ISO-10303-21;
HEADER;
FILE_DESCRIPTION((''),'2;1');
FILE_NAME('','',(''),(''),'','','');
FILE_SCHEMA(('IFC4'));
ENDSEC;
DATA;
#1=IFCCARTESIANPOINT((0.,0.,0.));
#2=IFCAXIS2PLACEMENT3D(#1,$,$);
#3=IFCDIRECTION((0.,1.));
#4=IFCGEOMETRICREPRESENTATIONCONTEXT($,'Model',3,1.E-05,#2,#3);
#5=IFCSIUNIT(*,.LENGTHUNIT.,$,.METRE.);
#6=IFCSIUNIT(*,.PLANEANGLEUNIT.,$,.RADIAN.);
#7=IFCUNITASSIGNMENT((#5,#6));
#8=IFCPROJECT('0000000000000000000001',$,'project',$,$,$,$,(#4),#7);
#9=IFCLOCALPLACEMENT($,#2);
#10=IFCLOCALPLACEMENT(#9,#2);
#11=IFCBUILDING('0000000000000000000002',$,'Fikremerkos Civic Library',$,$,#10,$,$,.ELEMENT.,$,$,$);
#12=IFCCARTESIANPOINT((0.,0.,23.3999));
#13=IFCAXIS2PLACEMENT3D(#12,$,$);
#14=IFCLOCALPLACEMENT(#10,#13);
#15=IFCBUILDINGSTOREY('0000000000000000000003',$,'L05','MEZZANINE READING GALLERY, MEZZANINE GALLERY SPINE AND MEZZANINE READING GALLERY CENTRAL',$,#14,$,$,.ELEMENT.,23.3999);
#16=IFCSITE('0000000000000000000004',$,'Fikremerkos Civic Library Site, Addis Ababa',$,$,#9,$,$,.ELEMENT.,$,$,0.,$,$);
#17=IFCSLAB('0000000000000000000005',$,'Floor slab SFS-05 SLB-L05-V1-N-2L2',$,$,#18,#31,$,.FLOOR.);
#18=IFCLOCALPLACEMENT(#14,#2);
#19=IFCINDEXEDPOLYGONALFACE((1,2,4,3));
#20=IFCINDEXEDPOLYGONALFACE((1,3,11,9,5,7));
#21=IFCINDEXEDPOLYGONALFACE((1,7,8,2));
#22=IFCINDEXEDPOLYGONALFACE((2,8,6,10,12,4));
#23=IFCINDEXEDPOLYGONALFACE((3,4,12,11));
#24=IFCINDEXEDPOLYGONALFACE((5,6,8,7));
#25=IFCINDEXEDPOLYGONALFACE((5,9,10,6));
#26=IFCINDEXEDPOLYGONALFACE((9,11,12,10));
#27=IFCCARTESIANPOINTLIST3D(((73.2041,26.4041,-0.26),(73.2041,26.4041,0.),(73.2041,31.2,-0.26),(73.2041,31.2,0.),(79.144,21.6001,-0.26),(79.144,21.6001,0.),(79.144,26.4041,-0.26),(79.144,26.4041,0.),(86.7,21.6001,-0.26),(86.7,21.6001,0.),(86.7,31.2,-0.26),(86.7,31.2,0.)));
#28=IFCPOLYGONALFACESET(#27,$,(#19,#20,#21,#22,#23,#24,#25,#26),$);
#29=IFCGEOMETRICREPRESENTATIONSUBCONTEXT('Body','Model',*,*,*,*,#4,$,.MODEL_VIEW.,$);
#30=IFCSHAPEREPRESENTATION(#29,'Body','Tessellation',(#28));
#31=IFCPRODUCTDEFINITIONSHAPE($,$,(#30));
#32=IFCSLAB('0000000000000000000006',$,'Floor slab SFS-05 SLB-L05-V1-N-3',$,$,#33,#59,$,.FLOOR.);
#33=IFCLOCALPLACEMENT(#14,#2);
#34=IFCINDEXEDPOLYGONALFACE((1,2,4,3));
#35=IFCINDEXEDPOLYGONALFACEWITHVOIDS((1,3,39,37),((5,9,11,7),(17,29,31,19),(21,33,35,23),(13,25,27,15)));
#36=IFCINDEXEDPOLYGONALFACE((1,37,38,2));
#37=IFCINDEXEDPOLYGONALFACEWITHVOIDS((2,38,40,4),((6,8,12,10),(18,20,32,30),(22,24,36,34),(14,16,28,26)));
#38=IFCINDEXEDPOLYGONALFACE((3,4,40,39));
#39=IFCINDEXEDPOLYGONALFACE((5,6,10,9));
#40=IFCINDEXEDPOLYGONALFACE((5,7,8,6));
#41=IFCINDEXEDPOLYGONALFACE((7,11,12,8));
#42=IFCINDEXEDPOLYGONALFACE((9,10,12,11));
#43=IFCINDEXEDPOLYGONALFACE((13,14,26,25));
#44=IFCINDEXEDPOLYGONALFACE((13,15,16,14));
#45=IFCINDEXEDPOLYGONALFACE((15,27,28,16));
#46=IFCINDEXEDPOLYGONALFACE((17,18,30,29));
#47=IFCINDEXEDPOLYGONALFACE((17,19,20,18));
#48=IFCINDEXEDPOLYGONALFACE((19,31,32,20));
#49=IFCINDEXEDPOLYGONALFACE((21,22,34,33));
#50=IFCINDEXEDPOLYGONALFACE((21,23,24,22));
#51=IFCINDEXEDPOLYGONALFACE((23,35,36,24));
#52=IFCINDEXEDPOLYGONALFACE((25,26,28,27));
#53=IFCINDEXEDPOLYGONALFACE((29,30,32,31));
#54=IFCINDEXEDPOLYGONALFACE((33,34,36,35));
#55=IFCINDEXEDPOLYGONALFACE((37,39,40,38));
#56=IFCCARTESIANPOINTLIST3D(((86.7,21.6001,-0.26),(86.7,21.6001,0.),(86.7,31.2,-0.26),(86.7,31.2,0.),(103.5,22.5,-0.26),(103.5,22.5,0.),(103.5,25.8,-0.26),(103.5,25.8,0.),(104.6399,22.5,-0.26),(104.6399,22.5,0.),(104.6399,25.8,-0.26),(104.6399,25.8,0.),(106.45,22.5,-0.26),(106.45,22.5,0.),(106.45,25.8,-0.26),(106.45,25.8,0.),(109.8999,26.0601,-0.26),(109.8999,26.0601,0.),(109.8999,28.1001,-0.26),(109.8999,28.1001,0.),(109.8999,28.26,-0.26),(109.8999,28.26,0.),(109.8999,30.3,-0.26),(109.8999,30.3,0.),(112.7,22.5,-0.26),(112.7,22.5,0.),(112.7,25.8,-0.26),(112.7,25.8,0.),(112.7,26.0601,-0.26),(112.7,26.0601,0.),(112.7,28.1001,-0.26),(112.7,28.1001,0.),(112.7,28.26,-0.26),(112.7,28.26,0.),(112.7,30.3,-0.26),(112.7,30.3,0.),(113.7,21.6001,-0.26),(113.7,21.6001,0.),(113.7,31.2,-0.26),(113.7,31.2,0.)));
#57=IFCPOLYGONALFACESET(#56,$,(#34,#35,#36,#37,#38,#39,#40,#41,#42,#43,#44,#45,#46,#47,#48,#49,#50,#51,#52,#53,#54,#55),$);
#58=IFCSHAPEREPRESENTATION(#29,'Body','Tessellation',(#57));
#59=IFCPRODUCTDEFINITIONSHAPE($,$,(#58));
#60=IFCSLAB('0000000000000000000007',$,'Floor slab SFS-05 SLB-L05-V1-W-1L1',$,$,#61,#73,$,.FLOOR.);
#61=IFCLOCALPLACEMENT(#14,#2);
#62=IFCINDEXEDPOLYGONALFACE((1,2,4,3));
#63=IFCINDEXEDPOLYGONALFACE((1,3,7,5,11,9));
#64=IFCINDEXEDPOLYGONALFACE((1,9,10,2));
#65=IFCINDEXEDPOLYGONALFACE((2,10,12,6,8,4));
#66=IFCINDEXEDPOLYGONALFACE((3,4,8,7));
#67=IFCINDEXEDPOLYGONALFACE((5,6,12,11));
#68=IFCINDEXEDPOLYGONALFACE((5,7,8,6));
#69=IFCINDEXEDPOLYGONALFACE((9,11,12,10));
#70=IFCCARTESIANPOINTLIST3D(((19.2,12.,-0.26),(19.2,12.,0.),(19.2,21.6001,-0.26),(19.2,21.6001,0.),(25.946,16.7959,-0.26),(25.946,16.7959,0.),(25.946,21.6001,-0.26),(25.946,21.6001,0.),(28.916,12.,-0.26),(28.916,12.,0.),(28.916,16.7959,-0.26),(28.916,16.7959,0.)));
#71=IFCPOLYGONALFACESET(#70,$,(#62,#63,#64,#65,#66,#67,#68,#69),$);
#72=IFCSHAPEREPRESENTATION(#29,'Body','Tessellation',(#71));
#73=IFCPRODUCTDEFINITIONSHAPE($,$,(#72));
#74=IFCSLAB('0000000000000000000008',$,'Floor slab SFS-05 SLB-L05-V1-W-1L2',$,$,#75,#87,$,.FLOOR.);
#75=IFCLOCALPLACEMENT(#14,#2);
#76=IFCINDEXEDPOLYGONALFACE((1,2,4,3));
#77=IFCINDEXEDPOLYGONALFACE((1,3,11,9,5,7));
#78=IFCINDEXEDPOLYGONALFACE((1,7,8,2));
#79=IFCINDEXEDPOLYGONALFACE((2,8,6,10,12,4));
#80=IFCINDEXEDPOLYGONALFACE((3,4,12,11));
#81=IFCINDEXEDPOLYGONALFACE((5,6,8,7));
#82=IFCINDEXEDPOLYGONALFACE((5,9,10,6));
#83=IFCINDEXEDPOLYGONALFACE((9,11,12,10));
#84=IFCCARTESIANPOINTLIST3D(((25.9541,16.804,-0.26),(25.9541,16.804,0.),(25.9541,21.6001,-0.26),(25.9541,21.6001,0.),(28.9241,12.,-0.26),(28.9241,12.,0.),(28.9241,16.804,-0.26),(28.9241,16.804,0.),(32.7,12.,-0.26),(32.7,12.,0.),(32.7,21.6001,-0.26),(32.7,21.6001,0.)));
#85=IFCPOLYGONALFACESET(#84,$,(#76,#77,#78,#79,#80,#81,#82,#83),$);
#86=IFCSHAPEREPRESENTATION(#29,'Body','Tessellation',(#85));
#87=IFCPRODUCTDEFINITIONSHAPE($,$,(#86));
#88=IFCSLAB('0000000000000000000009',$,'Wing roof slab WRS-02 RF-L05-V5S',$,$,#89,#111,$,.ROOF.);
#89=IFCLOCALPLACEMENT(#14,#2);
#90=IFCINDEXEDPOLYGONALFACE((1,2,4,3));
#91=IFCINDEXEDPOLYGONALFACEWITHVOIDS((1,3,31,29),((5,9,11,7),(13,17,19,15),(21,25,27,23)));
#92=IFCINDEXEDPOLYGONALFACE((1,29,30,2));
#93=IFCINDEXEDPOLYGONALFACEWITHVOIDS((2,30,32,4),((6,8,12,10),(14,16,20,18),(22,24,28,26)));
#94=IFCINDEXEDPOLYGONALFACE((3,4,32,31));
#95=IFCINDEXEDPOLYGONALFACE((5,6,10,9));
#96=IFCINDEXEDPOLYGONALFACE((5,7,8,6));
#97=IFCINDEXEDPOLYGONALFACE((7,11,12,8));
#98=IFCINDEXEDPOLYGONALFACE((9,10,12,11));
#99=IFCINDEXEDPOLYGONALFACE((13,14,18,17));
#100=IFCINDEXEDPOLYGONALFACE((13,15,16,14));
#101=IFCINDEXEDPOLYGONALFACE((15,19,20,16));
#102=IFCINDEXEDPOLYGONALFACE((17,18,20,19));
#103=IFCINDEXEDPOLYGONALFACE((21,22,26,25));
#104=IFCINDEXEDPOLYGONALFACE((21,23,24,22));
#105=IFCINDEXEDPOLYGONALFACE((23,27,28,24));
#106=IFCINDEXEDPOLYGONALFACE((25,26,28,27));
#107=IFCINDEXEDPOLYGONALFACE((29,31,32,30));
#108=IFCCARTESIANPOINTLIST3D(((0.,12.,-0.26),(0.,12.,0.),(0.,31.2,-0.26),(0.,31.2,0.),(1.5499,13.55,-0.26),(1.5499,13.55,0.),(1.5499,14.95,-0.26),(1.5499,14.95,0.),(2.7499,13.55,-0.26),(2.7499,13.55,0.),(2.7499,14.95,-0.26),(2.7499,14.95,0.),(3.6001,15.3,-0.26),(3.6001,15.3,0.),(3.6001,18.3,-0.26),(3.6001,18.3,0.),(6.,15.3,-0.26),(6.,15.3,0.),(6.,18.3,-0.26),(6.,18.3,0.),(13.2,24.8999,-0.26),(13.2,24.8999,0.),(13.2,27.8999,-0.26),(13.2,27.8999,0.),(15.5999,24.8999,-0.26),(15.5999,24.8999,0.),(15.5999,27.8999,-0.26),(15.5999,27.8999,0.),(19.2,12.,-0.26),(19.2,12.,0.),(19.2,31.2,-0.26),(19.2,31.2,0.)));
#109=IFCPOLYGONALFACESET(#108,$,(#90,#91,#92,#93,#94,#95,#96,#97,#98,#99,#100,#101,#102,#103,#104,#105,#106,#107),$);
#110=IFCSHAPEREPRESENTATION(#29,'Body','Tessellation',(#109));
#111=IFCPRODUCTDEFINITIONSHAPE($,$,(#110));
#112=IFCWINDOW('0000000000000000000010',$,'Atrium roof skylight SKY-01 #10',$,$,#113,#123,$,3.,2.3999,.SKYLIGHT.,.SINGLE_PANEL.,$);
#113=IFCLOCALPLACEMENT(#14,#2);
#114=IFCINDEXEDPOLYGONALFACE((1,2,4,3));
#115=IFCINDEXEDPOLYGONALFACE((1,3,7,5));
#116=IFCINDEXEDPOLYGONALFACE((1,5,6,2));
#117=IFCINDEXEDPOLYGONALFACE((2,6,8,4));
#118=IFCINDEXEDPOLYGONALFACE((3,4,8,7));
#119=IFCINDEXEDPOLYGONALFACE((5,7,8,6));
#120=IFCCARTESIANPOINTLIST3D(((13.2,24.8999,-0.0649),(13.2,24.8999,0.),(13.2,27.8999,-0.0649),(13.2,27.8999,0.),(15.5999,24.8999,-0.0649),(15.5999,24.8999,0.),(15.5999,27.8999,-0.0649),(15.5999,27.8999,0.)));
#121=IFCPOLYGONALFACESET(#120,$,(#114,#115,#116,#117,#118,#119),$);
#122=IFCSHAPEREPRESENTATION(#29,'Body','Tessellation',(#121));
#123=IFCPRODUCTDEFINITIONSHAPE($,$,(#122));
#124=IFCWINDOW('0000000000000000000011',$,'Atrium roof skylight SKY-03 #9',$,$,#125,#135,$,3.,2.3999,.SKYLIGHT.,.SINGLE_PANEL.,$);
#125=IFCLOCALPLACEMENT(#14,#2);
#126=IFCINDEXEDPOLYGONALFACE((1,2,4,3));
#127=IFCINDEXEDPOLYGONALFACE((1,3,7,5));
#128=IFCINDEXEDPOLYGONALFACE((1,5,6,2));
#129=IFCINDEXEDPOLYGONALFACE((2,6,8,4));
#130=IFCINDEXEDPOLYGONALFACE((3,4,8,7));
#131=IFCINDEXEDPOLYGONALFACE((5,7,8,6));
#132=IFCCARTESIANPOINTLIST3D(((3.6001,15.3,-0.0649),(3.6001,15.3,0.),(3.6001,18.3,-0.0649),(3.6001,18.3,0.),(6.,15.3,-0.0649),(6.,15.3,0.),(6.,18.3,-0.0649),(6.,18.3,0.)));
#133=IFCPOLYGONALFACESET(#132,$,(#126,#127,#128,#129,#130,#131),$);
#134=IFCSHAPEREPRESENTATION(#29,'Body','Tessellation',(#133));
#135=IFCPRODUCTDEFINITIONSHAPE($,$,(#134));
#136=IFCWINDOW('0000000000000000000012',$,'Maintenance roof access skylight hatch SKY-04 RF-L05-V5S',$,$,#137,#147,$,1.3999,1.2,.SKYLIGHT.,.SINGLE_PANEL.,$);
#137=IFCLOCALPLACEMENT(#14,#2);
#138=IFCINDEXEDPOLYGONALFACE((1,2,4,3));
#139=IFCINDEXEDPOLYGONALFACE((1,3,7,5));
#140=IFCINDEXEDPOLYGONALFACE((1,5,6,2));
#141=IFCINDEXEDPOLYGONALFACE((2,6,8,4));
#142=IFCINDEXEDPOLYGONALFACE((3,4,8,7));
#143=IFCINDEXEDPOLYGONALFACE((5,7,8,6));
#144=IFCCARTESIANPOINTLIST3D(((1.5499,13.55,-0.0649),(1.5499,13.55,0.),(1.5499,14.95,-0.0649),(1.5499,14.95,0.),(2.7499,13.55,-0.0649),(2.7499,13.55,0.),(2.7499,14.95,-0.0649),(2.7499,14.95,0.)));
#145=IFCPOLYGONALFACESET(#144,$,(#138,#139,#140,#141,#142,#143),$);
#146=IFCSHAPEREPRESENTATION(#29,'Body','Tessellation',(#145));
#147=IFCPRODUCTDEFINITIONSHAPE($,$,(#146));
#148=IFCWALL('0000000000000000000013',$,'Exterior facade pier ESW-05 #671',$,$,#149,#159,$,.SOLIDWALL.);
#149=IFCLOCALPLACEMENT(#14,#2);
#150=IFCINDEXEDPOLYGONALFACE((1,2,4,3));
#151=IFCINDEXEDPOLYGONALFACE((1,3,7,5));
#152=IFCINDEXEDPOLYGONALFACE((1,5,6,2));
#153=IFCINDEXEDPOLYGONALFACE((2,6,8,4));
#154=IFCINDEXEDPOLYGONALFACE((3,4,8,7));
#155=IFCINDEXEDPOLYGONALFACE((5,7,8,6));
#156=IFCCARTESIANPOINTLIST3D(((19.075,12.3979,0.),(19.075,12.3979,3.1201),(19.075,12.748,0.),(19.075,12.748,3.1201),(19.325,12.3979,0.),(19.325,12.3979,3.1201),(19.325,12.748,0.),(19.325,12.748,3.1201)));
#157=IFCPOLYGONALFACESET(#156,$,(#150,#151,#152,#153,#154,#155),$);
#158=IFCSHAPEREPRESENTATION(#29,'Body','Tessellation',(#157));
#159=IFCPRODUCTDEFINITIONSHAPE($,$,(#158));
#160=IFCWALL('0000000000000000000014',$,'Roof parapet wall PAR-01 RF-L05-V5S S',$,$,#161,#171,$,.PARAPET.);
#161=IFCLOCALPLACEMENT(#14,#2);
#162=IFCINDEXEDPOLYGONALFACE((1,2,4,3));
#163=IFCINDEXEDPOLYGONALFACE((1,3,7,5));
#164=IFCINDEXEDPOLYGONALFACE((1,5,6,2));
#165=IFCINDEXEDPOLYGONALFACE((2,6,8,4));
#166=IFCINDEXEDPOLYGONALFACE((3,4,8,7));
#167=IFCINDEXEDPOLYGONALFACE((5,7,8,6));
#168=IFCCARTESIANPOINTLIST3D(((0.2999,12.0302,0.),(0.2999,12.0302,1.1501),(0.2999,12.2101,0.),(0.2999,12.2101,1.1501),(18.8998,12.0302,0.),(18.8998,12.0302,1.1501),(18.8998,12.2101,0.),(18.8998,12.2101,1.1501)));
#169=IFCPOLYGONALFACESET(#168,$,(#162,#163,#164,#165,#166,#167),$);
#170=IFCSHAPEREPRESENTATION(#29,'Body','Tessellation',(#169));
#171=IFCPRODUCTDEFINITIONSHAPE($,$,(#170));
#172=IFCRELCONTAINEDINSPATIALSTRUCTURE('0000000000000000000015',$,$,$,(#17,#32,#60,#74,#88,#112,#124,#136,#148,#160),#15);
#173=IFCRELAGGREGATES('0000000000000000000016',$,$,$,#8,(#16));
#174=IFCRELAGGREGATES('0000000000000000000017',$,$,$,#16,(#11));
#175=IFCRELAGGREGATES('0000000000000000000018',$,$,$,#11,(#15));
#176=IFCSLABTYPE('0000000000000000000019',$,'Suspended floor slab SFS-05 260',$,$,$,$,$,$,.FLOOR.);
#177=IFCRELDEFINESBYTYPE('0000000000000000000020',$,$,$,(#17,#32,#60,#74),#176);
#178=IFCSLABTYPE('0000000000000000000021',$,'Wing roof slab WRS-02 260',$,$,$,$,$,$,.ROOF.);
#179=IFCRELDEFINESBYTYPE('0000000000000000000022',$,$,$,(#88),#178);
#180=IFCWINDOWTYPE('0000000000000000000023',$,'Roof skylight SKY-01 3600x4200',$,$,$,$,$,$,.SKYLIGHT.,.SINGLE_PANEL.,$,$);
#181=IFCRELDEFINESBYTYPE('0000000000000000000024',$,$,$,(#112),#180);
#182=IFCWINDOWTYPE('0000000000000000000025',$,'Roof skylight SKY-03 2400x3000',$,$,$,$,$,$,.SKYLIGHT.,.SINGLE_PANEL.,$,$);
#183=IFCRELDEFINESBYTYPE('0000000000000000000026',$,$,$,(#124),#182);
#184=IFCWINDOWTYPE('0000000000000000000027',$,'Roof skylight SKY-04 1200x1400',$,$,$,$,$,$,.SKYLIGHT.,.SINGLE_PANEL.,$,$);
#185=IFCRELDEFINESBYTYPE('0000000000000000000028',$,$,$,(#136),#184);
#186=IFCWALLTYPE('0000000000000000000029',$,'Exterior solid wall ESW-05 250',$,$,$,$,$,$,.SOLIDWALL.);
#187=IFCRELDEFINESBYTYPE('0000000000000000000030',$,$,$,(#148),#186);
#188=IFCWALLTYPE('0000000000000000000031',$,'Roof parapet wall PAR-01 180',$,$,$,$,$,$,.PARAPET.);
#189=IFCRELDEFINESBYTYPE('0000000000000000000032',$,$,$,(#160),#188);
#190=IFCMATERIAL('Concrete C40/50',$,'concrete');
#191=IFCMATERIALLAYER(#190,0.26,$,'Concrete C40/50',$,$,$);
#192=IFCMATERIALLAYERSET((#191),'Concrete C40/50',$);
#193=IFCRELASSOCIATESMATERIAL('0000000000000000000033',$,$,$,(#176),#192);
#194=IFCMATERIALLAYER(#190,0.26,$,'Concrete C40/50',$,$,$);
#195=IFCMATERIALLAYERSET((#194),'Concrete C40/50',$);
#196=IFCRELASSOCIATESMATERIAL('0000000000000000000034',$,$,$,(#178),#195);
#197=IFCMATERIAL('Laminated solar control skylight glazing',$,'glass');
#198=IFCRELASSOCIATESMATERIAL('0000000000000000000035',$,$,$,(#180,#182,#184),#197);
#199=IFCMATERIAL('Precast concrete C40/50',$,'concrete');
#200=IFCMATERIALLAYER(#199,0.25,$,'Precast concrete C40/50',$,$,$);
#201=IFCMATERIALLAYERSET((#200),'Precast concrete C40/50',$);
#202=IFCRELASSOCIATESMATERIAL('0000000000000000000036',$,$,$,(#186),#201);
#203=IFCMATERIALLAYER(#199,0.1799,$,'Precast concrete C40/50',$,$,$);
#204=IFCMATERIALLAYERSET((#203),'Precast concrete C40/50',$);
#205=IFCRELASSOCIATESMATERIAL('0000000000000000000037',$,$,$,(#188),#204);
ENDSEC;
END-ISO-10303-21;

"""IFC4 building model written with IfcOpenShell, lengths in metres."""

from ifc_helpers import new_model, si_unit, direction, frame, frame_2d, origin, origin_2d, place, context, subcontext, project, spatial, polyline, rectangle, outline, extrude, material, layer, layer_set, type_object, element, fill, save


model = new_model("IFC4")

# Units and contexts
model_context = context("Model", 3, precision=1e-05, world=origin(), true_north=direction((0.0, 1.0)))
body_context = subcontext(model_context, "Body", "Model", "MODEL_VIEW")
ifc_project = project(units=[si_unit("LENGTHUNIT", "METRE"), si_unit("PLANEANGLEUNIT", "RADIAN")], contexts=[model_context])

# Site, building, storey
site_placement = place(None, origin())
site = spatial("IfcSite", under=ifc_project, at=site_placement, Name="Fikremerkos Civic Library Site, Addis Ababa", CompositionType="ELEMENT", RefElevation=0.0)
building_placement = place(site_placement, origin())
building = spatial("IfcBuilding", under=site, at=building_placement, Name="Fikremerkos Civic Library", CompositionType="ELEMENT")
storey_placement = place(building_placement, frame((0.0, 0.0, 23.3999)))
storey = spatial("IfcBuildingStorey", under=building, at=storey_placement, Name="L05", Description="MEZZANINE READING GALLERY, MEZZANINE GALLERY SPINE AND MEZZANINE READING GALLERY CENTRAL", CompositionType="ELEMENT", Elevation=23.3999)

# Shared definitions
ifc_material_1 = material(Name="Concrete C40/50", Category="concrete")

# Slabs
ifc_layer_1 = layer(ifc_material_1, 0.26, Name="Concrete C40/50")
ifc_layer_set_1 = layer_set([ifc_layer_1], Name="Concrete C40/50")
slab_type_1 = type_object("IfcSlabType", Name="Suspended floor slab SFS-05 260", PredefinedType="FLOOR", material=ifc_layer_set_1)
slab_1_placement = place(storey_placement, frame((0.0, 0.0, -0.26)))
element("IfcSlab", 1, at=slab_1_placement, inside=storey, type_object=slab_type_1, Name="Floor slab SFS-05 SLB-L05-V1-N-2L2", PredefinedType="FLOOR", context=body_context, shape_type="SweptSolid", body=[
    extrude(outline(polyline([(79.144, 21.6001), (86.7, 21.6001), (86.7, 31.2), (73.2041, 31.2), (73.2041, 26.4041), (79.144, 26.4041), (79.144, 21.6001)])), origin(), (0.0, 0.0, 1.0), 0.26),
])
slab_2_placement = place(storey_placement, frame((0.0, 0.0, -0.26)))
element("IfcSlab", 2, at=slab_2_placement, inside=storey, type_object=slab_type_1, Name="Floor slab SFS-05 SLB-L05-V1-N-3", PredefinedType="FLOOR", context=body_context, shape_type="SweptSolid", body=[
    extrude(outline(polyline([(86.7, 21.6001), (113.7, 21.6001), (113.7, 31.2), (86.7, 31.2), (86.7, 21.6001)]), holes=[polyline([(106.45, 22.5), (112.7, 22.5), (112.7, 25.8), (106.45, 25.8), (106.45, 22.5)]), polyline([(109.8999, 26.0601), (112.7, 26.0601), (112.7, 28.1001), (109.8999, 28.1001), (109.8999, 26.0601)]), polyline([(109.8999, 28.26), (112.7, 28.26), (112.7, 30.3), (109.8999, 30.3), (109.8999, 28.26)]), polyline([(103.5, 22.5), (104.6399, 22.5), (104.6399, 25.8), (103.5, 25.8), (103.5, 22.5)])]), origin(), (0.0, 0.0, 1.0), 0.26),
])
slab_3_placement = place(storey_placement, frame((0.0, 0.0, -0.26)))
element("IfcSlab", 3, at=slab_3_placement, inside=storey, type_object=slab_type_1, Name="Floor slab SFS-05 SLB-L05-V1-W-1L1", PredefinedType="FLOOR", context=body_context, shape_type="SweptSolid", body=[
    extrude(outline(polyline([(19.2, 12.0), (28.916, 12.0), (28.916, 16.7959), (25.946, 16.7959), (25.946, 21.6001), (19.2, 21.6001), (19.2, 12.0)])), origin(), (0.0, 0.0, 1.0), 0.26),
])
slab_4_placement = place(storey_placement, frame((0.0, 0.0, -0.26)))
element("IfcSlab", 4, at=slab_4_placement, inside=storey, type_object=slab_type_1, Name="Floor slab SFS-05 SLB-L05-V1-W-1L2", PredefinedType="FLOOR", context=body_context, shape_type="SweptSolid", body=[
    extrude(outline(polyline([(28.9241, 12.0), (32.7, 12.0), (32.7, 21.6001), (25.9541, 21.6001), (25.9541, 16.804), (28.9241, 16.804), (28.9241, 12.0)])), origin(), (0.0, 0.0, 1.0), 0.26),
])

# Slab, openings, windows
ifc_layer_2 = layer(ifc_material_1, 0.26, Name="Concrete C40/50")
ifc_layer_set_2 = layer_set([ifc_layer_2], Name="Concrete C40/50")
slab_type_2 = type_object("IfcSlabType", Name="Wing roof slab WRS-02 260", PredefinedType="ROOF", material=ifc_layer_set_2)
slab_5_placement = place(storey_placement, frame((0.0, 0.0, -0.26)))
slab_5 = element("IfcSlab", 5, at=slab_5_placement, inside=storey, type_object=slab_type_2, Name="Wing roof slab WRS-02 RF-L05-V5S", PredefinedType="ROOF", context=body_context, shape_type="SweptSolid", body=[
    extrude(outline(polyline([(0.0, 12.0), (19.2, 12.0), (19.2, 31.2), (0.0, 31.2), (0.0, 12.0)])), origin(), (0.0, 0.0, 1.0), 0.26),
])
opening_1_placement = place(slab_5_placement, frame((4.8, 16.8, 0.0)))
opening_1 = element("IfcOpeningElement", 6, at=opening_1_placement, cuts=slab_5, PredefinedType="OPENING", context=body_context, shape_type="SweptSolid", body=[
    extrude(rectangle(XDim=2.3999, YDim=3.0, at=origin_2d()), frame((0.0, 0.0, -0.01), z_axis=(0.0, 0.0, 1.0), x_axis=(1.0, 0.0, 0.0)), (0.0, 0.0, 1.0), 0.28),
])
opening_2_placement = place(slab_5_placement, frame((14.3999, 26.3999, 0.0)))
opening_2 = element("IfcOpeningElement", 7, at=opening_2_placement, cuts=slab_5, PredefinedType="OPENING", context=body_context, shape_type="SweptSolid", body=[
    extrude(rectangle(XDim=2.3999, YDim=3.0, at=origin_2d()), frame((0.0, 0.0, -0.01), z_axis=(0.0, 0.0, 1.0), x_axis=(1.0, 0.0, 0.0)), (0.0, 0.0, 1.0), 0.28),
])
opening_3_placement = place(slab_5_placement, frame((2.1499, 14.25, 0.0)))
opening_3 = element("IfcOpeningElement", 8, at=opening_3_placement, cuts=slab_5, PredefinedType="OPENING", context=body_context, shape_type="SweptSolid", body=[
    extrude(rectangle(XDim=1.2, YDim=1.3999, at=origin_2d()), frame((0.0, 0.0, -0.01), z_axis=(0.0, 0.0, 1.0), x_axis=(1.0, 0.0, 0.0)), (0.0, 0.0, 1.0), 0.28),
])
ifc_material_2 = material(Name="Laminated solar control skylight glazing", Category="glass")
window_type_1 = type_object("IfcWindowType", Name="Roof skylight SKY-01 3600x4200", PartitioningType="SINGLE_PANEL", PredefinedType="SKYLIGHT", material=ifc_material_2)
window_1_placement = place(opening_2_placement, frame((0.0, 0.0, 0.1951)))
window_1 = element("IfcWindow", 9, at=window_1_placement, inside=storey, type_object=window_type_1, Name="Atrium roof skylight SKY-01 #10", OverallHeight=3.0, OverallWidth=2.3999, PartitioningType="SINGLE_PANEL", PredefinedType="SKYLIGHT", context=body_context, shape_type="SweptSolid", body=[
    extrude(rectangle(XDim=2.3999, YDim=3.0, at=origin_2d()), origin(), (0.0, 0.0, 1.0), 0.0649),
])
fill(opening_2, window_1)
window_type_2 = type_object("IfcWindowType", Name="Roof skylight SKY-03 2400x3000", PartitioningType="SINGLE_PANEL", PredefinedType="SKYLIGHT", material=ifc_material_2)
window_2_placement = place(opening_1_placement, frame((0.0, 0.0, 0.1951)))
window_2 = element("IfcWindow", 10, at=window_2_placement, inside=storey, type_object=window_type_2, Name="Atrium roof skylight SKY-03 #9", OverallHeight=3.0, OverallWidth=2.3999, PartitioningType="SINGLE_PANEL", PredefinedType="SKYLIGHT", context=body_context, shape_type="SweptSolid", body=[
    extrude(rectangle(XDim=2.3999, YDim=3.0, at=origin_2d()), origin(), (0.0, 0.0, 1.0), 0.0649),
])
fill(opening_1, window_2)
window_type_3 = type_object("IfcWindowType", Name="Roof skylight SKY-04 1200x1400", PartitioningType="SINGLE_PANEL", PredefinedType="SKYLIGHT", material=ifc_material_2)
window_3_placement = place(opening_3_placement, frame((0.0, 0.0, 0.1951)))
window_3 = element("IfcWindow", 11, at=window_3_placement, inside=storey, type_object=window_type_3, Name="Maintenance roof access skylight hatch SKY-04 RF-L05-V5S", OverallHeight=1.3999, OverallWidth=1.2, PartitioningType="SINGLE_PANEL", PredefinedType="SKYLIGHT", context=body_context, shape_type="SweptSolid", body=[
    extrude(rectangle(XDim=1.2, YDim=1.3999, at=origin_2d()), origin(), (0.0, 0.0, 1.0), 0.0649),
])
fill(opening_3, window_3)

# Walls
ifc_material_3 = material(Name="Precast concrete C40/50", Category="concrete")
ifc_layer_3 = layer(ifc_material_3, 0.25, Name="Precast concrete C40/50")
ifc_layer_set_3 = layer_set([ifc_layer_3], Name="Precast concrete C40/50")
wall_type_1 = type_object("IfcWallType", Name="Exterior solid wall ESW-05 250", PredefinedType="SOLIDWALL", material=ifc_layer_set_3)
wall_placement = place(storey_placement, frame((19.2, 12.3979, 0.0), z_axis=(0.0, 0.0, 1.0), x_axis=(0.0, 1.0, 0.0)))
element("IfcWall", 12, at=wall_placement, inside=storey, type_object=wall_type_1, Name="Exterior facade pier ESW-05 #671", PredefinedType="SOLIDWALL", context=body_context, shape_type="SweptSolid", body=[
    extrude(rectangle(XDim=0.3501, YDim=0.25, at=frame_2d((0.175, 0.0))), origin(), (0.0, 0.0, 1.0), 3.1201),
])
ifc_layer_4 = layer(ifc_material_3, 0.1799, Name="Precast concrete C40/50")
ifc_layer_set_4 = layer_set([ifc_layer_4], Name="Precast concrete C40/50")
wall_type_2 = type_object("IfcWallType", Name="Roof parapet wall PAR-01 180", PredefinedType="PARAPET", material=ifc_layer_set_4)
for number, where, z_axis, x_axis, name in (
    (13, (0.3, 12.1201, 0.0), (0.0, 0.0, 1.0), (1.0, 0.0, 0.0), "Roof parapet wall PAR-01 RF-L05-V5S S"),
):
    element("IfcWall", number, at=place(storey_placement, frame(where, z_axis=z_axis, x_axis=x_axis)), inside=storey, type_object=wall_type_2, Name=name, PredefinedType="PARAPET", context=body_context, shape_type="SweptSolid", body=[
        extrude(rectangle(XDim=18.5999, YDim=0.1799, at=frame_2d((9.2998, 0.0))), origin(), (0.0, 0.0, 1.0), 1.1501),
    ])

save(model, "model.ifc")
